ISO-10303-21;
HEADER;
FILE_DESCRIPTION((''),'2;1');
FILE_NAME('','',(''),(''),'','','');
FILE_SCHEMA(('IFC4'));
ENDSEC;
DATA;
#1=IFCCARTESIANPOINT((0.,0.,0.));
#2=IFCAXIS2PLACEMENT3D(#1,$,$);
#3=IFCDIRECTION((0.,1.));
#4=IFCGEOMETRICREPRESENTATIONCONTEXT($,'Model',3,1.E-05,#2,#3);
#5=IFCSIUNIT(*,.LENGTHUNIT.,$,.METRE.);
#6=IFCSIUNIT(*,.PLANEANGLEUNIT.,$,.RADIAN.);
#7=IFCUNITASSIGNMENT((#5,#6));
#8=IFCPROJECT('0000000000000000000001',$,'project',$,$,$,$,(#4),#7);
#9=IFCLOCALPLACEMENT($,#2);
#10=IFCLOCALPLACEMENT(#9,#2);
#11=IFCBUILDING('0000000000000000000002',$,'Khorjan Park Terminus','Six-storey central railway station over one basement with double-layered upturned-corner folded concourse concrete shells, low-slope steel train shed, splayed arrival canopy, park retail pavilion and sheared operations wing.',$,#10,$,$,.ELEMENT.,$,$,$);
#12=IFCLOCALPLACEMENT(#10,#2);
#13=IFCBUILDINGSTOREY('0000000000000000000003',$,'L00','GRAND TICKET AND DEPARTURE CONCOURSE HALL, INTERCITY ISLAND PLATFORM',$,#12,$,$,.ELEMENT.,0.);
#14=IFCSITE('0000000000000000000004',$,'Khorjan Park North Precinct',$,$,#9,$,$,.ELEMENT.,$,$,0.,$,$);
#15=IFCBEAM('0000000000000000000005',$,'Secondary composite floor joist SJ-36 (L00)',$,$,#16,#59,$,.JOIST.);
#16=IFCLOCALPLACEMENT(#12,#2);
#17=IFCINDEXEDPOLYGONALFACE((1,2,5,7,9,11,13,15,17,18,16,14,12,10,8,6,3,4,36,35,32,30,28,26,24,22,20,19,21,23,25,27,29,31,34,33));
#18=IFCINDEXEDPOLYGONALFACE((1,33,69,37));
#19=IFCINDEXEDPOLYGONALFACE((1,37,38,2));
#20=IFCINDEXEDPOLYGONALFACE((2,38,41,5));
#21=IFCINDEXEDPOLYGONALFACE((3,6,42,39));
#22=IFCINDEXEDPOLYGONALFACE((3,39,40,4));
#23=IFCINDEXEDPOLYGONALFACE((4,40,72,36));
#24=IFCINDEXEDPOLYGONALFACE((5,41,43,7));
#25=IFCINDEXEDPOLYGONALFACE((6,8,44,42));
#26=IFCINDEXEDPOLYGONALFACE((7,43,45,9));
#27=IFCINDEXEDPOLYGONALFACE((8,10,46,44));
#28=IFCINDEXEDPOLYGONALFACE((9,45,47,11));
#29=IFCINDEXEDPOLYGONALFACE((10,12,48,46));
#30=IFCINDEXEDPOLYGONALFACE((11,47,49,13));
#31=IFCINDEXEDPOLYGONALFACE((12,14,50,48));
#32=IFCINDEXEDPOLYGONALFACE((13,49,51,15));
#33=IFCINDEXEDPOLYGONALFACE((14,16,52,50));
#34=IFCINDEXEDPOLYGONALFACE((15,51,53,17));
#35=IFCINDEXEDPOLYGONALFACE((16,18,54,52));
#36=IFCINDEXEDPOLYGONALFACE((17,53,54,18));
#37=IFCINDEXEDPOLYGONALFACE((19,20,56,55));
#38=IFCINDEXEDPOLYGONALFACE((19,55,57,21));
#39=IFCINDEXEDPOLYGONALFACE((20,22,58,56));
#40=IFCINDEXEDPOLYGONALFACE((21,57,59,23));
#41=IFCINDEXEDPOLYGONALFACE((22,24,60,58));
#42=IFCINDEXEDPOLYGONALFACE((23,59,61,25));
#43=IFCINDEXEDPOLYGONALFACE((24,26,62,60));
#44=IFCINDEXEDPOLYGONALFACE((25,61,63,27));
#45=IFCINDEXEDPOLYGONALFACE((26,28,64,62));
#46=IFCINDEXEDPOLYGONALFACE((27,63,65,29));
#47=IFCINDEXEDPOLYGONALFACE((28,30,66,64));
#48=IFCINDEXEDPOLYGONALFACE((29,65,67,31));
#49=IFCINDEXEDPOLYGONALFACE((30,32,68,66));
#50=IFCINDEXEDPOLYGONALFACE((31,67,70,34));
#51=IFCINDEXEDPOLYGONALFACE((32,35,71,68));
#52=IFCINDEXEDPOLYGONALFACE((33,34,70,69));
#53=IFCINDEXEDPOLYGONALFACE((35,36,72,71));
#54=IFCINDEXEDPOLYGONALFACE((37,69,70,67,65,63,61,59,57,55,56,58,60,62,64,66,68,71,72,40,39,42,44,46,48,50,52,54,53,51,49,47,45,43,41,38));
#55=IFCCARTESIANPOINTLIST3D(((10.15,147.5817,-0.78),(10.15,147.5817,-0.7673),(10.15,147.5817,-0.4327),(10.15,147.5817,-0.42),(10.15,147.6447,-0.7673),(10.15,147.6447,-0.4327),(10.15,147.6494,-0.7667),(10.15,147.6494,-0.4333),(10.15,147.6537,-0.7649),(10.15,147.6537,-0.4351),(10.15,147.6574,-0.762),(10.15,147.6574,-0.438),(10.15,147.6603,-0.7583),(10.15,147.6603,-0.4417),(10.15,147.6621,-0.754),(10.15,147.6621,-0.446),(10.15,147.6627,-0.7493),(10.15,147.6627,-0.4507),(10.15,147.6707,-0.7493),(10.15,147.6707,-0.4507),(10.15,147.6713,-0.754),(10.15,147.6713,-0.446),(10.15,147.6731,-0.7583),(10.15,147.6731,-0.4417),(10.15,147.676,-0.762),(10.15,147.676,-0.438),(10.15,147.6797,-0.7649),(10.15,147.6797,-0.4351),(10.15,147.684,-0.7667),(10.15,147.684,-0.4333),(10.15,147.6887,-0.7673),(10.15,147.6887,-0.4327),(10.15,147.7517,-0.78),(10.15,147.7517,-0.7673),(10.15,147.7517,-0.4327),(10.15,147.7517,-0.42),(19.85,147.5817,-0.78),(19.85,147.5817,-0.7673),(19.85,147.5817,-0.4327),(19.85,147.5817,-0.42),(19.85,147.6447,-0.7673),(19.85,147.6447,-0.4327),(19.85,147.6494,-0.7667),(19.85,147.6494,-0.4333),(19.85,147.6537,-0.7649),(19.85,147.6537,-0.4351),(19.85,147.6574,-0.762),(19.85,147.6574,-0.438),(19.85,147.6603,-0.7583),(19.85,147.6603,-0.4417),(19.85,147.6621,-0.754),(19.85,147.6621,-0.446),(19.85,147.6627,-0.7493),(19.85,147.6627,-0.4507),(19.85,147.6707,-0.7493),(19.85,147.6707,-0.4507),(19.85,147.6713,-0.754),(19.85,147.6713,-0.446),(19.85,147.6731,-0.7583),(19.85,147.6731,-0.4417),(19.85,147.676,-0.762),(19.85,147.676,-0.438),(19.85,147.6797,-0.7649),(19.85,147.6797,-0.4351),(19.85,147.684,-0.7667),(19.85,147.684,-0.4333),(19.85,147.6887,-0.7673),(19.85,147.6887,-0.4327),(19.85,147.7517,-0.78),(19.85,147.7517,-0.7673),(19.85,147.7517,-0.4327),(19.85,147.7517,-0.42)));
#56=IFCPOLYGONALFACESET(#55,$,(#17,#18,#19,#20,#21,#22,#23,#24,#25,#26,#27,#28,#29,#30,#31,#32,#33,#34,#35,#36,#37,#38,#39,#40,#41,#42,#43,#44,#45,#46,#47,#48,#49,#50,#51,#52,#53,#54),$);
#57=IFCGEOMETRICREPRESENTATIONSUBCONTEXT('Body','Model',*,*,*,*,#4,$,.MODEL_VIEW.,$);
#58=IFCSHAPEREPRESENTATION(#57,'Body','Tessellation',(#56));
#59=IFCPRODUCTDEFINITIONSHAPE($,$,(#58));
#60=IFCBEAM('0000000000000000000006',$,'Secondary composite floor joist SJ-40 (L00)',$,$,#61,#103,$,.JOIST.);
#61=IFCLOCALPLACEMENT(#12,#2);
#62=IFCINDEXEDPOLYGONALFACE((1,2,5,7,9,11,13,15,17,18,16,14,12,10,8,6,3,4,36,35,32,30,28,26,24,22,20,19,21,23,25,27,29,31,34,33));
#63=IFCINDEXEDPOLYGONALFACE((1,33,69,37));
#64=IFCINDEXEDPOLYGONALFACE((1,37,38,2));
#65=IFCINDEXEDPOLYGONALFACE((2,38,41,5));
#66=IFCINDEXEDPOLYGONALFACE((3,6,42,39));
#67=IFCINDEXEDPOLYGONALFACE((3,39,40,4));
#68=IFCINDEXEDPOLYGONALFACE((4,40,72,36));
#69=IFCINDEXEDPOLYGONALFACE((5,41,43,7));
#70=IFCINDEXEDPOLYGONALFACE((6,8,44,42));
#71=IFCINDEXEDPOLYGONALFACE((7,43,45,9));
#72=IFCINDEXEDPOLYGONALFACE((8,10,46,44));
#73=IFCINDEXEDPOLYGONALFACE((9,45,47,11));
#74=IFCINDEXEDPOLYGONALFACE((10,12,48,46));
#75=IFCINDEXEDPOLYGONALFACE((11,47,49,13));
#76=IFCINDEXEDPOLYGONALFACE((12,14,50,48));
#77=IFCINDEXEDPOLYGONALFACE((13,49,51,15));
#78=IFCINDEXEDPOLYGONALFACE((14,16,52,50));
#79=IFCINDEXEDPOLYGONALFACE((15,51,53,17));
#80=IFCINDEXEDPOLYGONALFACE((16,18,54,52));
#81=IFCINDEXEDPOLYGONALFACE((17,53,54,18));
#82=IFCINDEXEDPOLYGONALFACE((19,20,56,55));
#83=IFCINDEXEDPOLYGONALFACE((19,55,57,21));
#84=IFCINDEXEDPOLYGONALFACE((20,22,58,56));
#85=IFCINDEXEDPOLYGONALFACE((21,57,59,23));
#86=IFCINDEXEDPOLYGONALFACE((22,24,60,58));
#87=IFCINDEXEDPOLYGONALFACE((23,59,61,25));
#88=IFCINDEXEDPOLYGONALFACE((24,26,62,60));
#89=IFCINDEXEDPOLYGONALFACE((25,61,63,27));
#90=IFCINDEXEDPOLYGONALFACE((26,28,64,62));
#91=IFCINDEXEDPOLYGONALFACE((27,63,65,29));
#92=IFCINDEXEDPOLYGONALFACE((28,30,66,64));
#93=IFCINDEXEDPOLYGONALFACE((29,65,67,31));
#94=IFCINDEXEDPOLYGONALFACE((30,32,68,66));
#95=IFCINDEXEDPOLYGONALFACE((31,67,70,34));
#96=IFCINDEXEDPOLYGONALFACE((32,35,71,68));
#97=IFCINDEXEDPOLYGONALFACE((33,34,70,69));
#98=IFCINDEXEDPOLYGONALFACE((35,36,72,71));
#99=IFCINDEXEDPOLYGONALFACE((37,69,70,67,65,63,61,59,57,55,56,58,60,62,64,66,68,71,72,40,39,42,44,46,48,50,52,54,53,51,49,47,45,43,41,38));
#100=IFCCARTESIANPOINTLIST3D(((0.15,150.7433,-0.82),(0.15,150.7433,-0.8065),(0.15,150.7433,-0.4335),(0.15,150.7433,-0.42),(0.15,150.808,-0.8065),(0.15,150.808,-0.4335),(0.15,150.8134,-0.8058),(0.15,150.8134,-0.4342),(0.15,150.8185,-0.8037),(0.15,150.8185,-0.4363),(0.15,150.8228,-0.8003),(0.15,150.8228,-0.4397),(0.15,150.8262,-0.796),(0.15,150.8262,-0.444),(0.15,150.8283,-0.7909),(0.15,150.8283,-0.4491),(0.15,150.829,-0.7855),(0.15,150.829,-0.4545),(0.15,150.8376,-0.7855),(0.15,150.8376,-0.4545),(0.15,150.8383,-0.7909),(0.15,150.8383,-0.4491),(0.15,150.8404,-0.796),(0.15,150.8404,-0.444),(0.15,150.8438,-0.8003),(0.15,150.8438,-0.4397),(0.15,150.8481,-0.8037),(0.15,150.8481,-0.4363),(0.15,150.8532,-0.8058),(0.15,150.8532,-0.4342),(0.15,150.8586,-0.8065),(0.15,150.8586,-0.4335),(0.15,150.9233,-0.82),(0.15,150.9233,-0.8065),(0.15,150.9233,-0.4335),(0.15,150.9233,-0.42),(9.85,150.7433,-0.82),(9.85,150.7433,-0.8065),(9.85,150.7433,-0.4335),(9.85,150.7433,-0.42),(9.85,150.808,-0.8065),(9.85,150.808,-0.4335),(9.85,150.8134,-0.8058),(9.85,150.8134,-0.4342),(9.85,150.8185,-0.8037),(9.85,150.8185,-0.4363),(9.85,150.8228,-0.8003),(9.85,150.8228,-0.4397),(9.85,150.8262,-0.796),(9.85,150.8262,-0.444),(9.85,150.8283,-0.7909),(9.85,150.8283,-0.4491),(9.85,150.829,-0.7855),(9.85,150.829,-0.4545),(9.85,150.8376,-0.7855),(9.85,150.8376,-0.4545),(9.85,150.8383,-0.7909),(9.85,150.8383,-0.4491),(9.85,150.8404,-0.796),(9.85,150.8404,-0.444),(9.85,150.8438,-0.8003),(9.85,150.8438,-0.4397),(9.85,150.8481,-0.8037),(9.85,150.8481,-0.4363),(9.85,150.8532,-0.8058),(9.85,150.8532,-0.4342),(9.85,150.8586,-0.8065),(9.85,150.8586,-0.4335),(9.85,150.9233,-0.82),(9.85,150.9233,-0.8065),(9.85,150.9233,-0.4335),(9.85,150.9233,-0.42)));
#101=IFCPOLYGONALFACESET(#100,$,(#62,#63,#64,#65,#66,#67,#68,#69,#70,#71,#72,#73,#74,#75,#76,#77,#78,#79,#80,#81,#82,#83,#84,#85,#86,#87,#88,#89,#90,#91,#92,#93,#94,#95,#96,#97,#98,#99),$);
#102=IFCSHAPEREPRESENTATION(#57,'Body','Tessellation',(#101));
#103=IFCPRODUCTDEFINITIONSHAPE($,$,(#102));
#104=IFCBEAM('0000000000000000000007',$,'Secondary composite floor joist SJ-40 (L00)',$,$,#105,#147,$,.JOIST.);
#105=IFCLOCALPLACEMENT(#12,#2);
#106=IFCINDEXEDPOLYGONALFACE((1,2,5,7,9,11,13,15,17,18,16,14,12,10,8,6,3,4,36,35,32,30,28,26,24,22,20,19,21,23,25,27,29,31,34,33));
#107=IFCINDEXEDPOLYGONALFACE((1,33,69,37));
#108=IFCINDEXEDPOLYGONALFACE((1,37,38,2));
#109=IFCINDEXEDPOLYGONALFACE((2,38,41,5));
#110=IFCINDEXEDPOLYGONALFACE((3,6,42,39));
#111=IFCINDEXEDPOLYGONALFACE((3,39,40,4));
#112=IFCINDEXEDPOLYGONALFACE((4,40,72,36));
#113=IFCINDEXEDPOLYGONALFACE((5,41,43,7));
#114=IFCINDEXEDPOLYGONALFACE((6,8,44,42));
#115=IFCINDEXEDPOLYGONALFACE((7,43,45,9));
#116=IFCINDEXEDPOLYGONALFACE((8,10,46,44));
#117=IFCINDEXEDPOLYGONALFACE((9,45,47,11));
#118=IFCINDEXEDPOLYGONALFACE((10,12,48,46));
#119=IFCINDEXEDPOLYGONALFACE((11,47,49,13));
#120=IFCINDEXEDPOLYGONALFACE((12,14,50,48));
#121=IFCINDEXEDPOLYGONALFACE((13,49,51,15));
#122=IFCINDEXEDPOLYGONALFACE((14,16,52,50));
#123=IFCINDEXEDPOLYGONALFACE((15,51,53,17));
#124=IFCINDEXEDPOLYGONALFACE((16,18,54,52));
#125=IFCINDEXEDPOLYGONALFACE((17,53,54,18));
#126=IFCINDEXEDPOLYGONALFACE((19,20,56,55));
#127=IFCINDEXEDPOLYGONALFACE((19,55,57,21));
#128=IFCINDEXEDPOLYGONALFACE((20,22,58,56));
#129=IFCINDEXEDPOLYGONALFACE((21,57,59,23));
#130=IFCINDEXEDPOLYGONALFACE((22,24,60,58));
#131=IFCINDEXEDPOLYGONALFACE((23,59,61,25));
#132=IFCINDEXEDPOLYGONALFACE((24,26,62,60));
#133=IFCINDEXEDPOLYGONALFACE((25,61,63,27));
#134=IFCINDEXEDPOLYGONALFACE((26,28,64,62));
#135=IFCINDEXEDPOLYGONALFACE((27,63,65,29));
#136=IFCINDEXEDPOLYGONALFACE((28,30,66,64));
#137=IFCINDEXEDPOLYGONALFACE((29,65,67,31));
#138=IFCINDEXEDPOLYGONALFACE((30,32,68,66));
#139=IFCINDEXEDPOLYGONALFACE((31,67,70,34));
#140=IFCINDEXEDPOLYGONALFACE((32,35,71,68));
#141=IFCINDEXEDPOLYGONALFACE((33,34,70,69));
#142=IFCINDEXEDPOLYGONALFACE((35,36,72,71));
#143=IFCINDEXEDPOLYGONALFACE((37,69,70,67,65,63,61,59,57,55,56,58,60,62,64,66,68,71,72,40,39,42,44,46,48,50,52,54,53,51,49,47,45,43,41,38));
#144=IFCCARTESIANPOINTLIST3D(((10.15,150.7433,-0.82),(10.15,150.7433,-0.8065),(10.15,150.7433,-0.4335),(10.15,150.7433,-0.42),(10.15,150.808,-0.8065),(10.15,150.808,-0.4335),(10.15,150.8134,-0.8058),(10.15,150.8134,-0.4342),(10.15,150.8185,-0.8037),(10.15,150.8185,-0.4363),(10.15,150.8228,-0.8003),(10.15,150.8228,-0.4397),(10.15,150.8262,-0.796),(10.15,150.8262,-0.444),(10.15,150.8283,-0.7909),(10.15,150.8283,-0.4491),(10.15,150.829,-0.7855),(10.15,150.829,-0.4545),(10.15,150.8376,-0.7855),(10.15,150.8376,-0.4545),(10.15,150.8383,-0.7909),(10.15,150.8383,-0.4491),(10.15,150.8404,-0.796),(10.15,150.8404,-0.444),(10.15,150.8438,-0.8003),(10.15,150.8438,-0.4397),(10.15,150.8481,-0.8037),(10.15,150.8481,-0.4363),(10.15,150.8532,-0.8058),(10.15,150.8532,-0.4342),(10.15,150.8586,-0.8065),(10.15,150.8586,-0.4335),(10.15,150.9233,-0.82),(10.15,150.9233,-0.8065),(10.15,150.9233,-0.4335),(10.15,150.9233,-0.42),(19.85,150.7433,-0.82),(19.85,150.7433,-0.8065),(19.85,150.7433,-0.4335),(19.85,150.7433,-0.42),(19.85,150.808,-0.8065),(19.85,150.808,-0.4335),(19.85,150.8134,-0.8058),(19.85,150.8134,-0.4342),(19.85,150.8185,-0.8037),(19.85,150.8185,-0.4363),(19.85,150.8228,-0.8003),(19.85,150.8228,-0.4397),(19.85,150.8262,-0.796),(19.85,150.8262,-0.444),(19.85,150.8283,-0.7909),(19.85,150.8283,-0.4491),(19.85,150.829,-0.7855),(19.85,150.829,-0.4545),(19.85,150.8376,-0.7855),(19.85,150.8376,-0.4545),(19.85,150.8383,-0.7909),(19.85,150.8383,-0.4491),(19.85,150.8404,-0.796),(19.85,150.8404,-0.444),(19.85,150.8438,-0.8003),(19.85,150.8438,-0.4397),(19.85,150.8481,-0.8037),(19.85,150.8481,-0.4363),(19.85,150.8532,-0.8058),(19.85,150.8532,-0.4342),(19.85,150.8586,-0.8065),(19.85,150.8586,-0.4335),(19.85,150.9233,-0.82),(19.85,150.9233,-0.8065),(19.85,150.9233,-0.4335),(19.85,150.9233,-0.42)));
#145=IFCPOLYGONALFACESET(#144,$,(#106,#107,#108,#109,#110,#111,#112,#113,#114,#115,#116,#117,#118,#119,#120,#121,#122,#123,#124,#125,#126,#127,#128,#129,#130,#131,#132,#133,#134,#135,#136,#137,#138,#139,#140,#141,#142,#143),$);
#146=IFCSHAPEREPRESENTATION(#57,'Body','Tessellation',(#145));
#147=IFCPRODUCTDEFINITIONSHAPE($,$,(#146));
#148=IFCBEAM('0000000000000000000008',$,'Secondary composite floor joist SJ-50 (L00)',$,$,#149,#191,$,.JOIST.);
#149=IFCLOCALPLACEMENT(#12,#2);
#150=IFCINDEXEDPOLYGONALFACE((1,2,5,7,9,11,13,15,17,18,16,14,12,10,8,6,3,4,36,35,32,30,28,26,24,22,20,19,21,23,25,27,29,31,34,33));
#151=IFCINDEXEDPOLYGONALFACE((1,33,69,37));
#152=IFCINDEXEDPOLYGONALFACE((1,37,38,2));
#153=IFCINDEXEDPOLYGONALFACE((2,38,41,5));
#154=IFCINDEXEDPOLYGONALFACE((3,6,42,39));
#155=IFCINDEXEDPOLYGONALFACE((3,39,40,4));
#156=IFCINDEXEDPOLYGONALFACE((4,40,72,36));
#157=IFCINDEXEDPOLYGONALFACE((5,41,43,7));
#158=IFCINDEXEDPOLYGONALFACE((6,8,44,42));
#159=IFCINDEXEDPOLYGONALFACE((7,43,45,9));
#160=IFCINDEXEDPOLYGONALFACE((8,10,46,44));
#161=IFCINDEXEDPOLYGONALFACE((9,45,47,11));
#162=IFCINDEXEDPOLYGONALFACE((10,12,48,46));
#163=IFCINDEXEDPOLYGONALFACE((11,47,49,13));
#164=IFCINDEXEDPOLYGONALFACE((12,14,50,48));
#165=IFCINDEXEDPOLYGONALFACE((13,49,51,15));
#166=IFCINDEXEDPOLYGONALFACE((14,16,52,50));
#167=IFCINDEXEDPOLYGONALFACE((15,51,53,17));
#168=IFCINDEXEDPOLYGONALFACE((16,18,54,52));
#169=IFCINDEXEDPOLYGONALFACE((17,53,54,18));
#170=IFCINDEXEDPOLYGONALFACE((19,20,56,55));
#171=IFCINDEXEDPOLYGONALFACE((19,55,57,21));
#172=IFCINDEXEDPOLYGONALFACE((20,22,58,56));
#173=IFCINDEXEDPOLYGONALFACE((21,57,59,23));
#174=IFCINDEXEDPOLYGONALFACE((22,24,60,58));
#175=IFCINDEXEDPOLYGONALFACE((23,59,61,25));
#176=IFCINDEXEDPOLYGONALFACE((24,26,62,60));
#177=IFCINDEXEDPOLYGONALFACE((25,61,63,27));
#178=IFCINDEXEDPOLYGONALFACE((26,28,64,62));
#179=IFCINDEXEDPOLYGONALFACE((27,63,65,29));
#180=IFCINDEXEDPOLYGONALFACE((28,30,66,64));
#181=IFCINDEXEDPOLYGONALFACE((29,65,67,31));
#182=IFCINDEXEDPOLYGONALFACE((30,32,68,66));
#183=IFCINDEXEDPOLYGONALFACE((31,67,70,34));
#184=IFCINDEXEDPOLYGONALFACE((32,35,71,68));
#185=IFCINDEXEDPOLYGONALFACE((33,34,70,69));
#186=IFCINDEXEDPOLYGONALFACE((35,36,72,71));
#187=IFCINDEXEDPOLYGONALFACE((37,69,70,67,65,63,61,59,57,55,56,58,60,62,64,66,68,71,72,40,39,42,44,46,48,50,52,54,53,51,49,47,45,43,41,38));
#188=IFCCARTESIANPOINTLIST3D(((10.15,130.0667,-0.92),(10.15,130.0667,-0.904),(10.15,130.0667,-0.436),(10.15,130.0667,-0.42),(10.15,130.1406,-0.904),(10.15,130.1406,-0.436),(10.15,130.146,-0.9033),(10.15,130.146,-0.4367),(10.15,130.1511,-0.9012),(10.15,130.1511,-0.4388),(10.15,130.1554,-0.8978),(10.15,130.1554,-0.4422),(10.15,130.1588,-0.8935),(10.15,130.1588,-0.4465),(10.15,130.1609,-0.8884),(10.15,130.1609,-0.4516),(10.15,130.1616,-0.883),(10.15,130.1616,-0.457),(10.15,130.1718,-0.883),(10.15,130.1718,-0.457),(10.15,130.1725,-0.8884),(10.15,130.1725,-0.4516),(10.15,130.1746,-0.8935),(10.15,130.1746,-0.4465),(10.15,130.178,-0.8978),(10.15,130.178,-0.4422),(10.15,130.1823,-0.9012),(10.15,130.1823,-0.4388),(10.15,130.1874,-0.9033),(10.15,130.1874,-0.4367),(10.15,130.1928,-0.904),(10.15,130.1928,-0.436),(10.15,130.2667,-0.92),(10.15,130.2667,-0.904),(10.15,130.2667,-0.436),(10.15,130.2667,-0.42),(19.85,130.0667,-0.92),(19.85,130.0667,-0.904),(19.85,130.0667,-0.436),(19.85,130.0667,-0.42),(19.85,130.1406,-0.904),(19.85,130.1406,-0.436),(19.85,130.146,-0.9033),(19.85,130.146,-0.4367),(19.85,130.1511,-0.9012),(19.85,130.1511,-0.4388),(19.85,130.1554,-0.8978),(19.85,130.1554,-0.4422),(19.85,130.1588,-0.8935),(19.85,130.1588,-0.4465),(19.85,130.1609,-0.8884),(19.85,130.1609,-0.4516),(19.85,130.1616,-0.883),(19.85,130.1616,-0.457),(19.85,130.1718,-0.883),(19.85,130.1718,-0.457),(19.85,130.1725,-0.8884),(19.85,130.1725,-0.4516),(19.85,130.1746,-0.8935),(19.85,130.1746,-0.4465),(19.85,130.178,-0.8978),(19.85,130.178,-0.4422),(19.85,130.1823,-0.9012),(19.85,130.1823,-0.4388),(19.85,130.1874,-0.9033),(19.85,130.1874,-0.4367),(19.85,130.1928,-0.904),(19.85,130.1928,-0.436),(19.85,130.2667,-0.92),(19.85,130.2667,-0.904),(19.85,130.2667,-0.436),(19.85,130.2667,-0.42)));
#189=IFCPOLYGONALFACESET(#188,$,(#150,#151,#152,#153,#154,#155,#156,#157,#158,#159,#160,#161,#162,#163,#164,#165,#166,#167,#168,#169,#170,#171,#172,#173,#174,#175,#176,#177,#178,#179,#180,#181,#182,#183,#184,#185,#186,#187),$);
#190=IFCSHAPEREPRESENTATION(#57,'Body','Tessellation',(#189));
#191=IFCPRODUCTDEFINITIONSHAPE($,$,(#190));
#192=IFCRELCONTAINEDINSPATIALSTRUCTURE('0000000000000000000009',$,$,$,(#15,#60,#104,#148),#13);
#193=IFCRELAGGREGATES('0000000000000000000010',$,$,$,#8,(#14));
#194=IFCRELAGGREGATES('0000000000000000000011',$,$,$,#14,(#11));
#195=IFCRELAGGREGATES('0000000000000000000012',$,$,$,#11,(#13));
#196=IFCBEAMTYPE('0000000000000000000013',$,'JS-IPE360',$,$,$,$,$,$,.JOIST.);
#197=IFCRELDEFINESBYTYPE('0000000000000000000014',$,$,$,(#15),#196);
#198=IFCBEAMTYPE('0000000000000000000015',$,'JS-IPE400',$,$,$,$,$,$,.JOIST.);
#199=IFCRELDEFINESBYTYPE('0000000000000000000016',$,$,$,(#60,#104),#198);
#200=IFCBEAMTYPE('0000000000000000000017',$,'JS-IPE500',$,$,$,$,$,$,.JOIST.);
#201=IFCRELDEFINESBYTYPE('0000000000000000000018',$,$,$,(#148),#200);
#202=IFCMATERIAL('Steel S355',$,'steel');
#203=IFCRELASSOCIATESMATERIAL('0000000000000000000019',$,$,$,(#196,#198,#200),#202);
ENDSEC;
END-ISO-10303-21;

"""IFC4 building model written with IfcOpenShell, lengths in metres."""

from ifc_helpers import new_model, si_unit, direction, frame, origin, origin_2d, place, context, subcontext, project, spatial, i_section, extrude, material, material_profile, profile_set, type_object, element, save


model = new_model("IFC4")

# Units and contexts
model_context = context("Model", 3, precision=1e-05, world=origin(), true_north=direction((0.0, 1.0)))
body_context = subcontext(model_context, "Body", "Model", "MODEL_VIEW")
ifc_project = project(units=[si_unit("LENGTHUNIT", "METRE"), si_unit("PLANEANGLEUNIT", "RADIAN")], contexts=[model_context])

# Site, building, storey
site_placement = place(None, origin())
site = spatial("IfcSite", under=ifc_project, at=site_placement, Name="Khorjan Park North Precinct", CompositionType="ELEMENT", RefElevation=0.0)
building_placement = place(site_placement, origin())
building = spatial("IfcBuilding", under=site, at=building_placement, Name="Khorjan Park Terminus", Description="Six-storey central railway station over one basement with double-layered upturned-corner folded concourse concrete shells, low-slope steel train shed, splayed arrival canopy, park retail pavilion and sheared operations wing.", CompositionType="ELEMENT")
storey_placement = place(building_placement, origin())
storey = spatial("IfcBuildingStorey", under=building, at=storey_placement, Name="L00", Description="GRAND TICKET AND DEPARTURE CONCOURSE HALL, INTERCITY ISLAND PLATFORM", CompositionType="ELEMENT", Elevation=0.0)

# Shared definitions
ifc_material = material(Name="Steel S355", Category="steel")

# Beams
ifc_material_profile_1 = material_profile(ifc_material, i_section(OverallWidth=0.17, OverallDepth=0.36, WebThickness=0.008, FlangeThickness=0.0127, FilletRadius=0.018, at=origin_2d()), Name="IPE 360")
ifc_profile_set_1 = profile_set([ifc_material_profile_1], Name="Steel S355")
beam_type_1 = type_object("IfcBeamType", Name="JS-IPE360", PredefinedType="JOIST", material=ifc_profile_set_1)
for number, where, z_axis, x_axis, name in (
    (1, (10.15, 147.6667, -0.6), (1.0, 0.0, 0.0), (0.0, 1.0, 0.0), "Secondary composite floor joist SJ-36 (L00)"),
):
    element("IfcBeam", number, at=place(storey_placement, frame(where, z_axis=z_axis, x_axis=x_axis)), inside=storey, type_object=beam_type_1, Name=name, PredefinedType="JOIST", context=body_context, shape_type="SweptSolid", body=[
        extrude(i_section(OverallWidth=0.17, OverallDepth=0.36, WebThickness=0.008, FlangeThickness=0.0127, FilletRadius=0.018, at=origin_2d()), origin(), (0.0, 0.0, 1.0), 9.7),
    ])
ifc_material_profile_2 = material_profile(ifc_material, i_section(OverallWidth=0.18, OverallDepth=0.4, WebThickness=0.0086, FlangeThickness=0.0135, FilletRadius=0.021, at=origin_2d()), Name="IPE 400")
ifc_profile_set_2 = profile_set([ifc_material_profile_2], Name="Steel S355")
beam_type_2 = type_object("IfcBeamType", Name="JS-IPE400", PredefinedType="JOIST", material=ifc_profile_set_2)
for number, where, z_axis, x_axis, name in (
    (2, (0.15, 150.8333, -0.62), (1.0, 0.0, 0.0), (0.0, 1.0, 0.0), "Secondary composite floor joist SJ-40 (L00)"),
    (3, (10.15, 150.8333, -0.62), (1.0, 0.0, 0.0), (0.0, 1.0, 0.0), "Secondary composite floor joist SJ-40 (L00)"),
):
    element("IfcBeam", number, at=place(storey_placement, frame(where, z_axis=z_axis, x_axis=x_axis)), inside=storey, type_object=beam_type_2, Name=name, PredefinedType="JOIST", context=body_context, shape_type="SweptSolid", body=[
        extrude(i_section(OverallWidth=0.18, OverallDepth=0.4, WebThickness=0.0086, FlangeThickness=0.0135, FilletRadius=0.021, at=origin_2d()), origin(), (0.0, 0.0, 1.0), 9.7),
    ])
ifc_material_profile_3 = material_profile(ifc_material, i_section(OverallWidth=0.2, OverallDepth=0.5, WebThickness=0.0102, FlangeThickness=0.016, FilletRadius=0.021, at=origin_2d()), Name="IPE 500")
ifc_profile_set_3 = profile_set([ifc_material_profile_3], Name="Steel S355")
beam_type_3 = type_object("IfcBeamType", Name="JS-IPE500", PredefinedType="JOIST", material=ifc_profile_set_3)
beam_1_placement = place(storey_placement, frame((10.15, 130.1667, -0.67), z_axis=(1.0, 0.0, 0.0), x_axis=(0.0, 1.0, 0.0)))
element("IfcBeam", 4, at=beam_1_placement, inside=storey, type_object=beam_type_3, Name="Secondary composite floor joist SJ-50 (L00)", PredefinedType="JOIST", context=body_context, shape_type="SweptSolid", body=[
    extrude(i_section(OverallWidth=0.2, OverallDepth=0.5, WebThickness=0.0102, FlangeThickness=0.016, FilletRadius=0.021, at=origin_2d()), origin(), (0.0, 0.0, 1.0), 9.7),
])

save(model, "model.ifc")
